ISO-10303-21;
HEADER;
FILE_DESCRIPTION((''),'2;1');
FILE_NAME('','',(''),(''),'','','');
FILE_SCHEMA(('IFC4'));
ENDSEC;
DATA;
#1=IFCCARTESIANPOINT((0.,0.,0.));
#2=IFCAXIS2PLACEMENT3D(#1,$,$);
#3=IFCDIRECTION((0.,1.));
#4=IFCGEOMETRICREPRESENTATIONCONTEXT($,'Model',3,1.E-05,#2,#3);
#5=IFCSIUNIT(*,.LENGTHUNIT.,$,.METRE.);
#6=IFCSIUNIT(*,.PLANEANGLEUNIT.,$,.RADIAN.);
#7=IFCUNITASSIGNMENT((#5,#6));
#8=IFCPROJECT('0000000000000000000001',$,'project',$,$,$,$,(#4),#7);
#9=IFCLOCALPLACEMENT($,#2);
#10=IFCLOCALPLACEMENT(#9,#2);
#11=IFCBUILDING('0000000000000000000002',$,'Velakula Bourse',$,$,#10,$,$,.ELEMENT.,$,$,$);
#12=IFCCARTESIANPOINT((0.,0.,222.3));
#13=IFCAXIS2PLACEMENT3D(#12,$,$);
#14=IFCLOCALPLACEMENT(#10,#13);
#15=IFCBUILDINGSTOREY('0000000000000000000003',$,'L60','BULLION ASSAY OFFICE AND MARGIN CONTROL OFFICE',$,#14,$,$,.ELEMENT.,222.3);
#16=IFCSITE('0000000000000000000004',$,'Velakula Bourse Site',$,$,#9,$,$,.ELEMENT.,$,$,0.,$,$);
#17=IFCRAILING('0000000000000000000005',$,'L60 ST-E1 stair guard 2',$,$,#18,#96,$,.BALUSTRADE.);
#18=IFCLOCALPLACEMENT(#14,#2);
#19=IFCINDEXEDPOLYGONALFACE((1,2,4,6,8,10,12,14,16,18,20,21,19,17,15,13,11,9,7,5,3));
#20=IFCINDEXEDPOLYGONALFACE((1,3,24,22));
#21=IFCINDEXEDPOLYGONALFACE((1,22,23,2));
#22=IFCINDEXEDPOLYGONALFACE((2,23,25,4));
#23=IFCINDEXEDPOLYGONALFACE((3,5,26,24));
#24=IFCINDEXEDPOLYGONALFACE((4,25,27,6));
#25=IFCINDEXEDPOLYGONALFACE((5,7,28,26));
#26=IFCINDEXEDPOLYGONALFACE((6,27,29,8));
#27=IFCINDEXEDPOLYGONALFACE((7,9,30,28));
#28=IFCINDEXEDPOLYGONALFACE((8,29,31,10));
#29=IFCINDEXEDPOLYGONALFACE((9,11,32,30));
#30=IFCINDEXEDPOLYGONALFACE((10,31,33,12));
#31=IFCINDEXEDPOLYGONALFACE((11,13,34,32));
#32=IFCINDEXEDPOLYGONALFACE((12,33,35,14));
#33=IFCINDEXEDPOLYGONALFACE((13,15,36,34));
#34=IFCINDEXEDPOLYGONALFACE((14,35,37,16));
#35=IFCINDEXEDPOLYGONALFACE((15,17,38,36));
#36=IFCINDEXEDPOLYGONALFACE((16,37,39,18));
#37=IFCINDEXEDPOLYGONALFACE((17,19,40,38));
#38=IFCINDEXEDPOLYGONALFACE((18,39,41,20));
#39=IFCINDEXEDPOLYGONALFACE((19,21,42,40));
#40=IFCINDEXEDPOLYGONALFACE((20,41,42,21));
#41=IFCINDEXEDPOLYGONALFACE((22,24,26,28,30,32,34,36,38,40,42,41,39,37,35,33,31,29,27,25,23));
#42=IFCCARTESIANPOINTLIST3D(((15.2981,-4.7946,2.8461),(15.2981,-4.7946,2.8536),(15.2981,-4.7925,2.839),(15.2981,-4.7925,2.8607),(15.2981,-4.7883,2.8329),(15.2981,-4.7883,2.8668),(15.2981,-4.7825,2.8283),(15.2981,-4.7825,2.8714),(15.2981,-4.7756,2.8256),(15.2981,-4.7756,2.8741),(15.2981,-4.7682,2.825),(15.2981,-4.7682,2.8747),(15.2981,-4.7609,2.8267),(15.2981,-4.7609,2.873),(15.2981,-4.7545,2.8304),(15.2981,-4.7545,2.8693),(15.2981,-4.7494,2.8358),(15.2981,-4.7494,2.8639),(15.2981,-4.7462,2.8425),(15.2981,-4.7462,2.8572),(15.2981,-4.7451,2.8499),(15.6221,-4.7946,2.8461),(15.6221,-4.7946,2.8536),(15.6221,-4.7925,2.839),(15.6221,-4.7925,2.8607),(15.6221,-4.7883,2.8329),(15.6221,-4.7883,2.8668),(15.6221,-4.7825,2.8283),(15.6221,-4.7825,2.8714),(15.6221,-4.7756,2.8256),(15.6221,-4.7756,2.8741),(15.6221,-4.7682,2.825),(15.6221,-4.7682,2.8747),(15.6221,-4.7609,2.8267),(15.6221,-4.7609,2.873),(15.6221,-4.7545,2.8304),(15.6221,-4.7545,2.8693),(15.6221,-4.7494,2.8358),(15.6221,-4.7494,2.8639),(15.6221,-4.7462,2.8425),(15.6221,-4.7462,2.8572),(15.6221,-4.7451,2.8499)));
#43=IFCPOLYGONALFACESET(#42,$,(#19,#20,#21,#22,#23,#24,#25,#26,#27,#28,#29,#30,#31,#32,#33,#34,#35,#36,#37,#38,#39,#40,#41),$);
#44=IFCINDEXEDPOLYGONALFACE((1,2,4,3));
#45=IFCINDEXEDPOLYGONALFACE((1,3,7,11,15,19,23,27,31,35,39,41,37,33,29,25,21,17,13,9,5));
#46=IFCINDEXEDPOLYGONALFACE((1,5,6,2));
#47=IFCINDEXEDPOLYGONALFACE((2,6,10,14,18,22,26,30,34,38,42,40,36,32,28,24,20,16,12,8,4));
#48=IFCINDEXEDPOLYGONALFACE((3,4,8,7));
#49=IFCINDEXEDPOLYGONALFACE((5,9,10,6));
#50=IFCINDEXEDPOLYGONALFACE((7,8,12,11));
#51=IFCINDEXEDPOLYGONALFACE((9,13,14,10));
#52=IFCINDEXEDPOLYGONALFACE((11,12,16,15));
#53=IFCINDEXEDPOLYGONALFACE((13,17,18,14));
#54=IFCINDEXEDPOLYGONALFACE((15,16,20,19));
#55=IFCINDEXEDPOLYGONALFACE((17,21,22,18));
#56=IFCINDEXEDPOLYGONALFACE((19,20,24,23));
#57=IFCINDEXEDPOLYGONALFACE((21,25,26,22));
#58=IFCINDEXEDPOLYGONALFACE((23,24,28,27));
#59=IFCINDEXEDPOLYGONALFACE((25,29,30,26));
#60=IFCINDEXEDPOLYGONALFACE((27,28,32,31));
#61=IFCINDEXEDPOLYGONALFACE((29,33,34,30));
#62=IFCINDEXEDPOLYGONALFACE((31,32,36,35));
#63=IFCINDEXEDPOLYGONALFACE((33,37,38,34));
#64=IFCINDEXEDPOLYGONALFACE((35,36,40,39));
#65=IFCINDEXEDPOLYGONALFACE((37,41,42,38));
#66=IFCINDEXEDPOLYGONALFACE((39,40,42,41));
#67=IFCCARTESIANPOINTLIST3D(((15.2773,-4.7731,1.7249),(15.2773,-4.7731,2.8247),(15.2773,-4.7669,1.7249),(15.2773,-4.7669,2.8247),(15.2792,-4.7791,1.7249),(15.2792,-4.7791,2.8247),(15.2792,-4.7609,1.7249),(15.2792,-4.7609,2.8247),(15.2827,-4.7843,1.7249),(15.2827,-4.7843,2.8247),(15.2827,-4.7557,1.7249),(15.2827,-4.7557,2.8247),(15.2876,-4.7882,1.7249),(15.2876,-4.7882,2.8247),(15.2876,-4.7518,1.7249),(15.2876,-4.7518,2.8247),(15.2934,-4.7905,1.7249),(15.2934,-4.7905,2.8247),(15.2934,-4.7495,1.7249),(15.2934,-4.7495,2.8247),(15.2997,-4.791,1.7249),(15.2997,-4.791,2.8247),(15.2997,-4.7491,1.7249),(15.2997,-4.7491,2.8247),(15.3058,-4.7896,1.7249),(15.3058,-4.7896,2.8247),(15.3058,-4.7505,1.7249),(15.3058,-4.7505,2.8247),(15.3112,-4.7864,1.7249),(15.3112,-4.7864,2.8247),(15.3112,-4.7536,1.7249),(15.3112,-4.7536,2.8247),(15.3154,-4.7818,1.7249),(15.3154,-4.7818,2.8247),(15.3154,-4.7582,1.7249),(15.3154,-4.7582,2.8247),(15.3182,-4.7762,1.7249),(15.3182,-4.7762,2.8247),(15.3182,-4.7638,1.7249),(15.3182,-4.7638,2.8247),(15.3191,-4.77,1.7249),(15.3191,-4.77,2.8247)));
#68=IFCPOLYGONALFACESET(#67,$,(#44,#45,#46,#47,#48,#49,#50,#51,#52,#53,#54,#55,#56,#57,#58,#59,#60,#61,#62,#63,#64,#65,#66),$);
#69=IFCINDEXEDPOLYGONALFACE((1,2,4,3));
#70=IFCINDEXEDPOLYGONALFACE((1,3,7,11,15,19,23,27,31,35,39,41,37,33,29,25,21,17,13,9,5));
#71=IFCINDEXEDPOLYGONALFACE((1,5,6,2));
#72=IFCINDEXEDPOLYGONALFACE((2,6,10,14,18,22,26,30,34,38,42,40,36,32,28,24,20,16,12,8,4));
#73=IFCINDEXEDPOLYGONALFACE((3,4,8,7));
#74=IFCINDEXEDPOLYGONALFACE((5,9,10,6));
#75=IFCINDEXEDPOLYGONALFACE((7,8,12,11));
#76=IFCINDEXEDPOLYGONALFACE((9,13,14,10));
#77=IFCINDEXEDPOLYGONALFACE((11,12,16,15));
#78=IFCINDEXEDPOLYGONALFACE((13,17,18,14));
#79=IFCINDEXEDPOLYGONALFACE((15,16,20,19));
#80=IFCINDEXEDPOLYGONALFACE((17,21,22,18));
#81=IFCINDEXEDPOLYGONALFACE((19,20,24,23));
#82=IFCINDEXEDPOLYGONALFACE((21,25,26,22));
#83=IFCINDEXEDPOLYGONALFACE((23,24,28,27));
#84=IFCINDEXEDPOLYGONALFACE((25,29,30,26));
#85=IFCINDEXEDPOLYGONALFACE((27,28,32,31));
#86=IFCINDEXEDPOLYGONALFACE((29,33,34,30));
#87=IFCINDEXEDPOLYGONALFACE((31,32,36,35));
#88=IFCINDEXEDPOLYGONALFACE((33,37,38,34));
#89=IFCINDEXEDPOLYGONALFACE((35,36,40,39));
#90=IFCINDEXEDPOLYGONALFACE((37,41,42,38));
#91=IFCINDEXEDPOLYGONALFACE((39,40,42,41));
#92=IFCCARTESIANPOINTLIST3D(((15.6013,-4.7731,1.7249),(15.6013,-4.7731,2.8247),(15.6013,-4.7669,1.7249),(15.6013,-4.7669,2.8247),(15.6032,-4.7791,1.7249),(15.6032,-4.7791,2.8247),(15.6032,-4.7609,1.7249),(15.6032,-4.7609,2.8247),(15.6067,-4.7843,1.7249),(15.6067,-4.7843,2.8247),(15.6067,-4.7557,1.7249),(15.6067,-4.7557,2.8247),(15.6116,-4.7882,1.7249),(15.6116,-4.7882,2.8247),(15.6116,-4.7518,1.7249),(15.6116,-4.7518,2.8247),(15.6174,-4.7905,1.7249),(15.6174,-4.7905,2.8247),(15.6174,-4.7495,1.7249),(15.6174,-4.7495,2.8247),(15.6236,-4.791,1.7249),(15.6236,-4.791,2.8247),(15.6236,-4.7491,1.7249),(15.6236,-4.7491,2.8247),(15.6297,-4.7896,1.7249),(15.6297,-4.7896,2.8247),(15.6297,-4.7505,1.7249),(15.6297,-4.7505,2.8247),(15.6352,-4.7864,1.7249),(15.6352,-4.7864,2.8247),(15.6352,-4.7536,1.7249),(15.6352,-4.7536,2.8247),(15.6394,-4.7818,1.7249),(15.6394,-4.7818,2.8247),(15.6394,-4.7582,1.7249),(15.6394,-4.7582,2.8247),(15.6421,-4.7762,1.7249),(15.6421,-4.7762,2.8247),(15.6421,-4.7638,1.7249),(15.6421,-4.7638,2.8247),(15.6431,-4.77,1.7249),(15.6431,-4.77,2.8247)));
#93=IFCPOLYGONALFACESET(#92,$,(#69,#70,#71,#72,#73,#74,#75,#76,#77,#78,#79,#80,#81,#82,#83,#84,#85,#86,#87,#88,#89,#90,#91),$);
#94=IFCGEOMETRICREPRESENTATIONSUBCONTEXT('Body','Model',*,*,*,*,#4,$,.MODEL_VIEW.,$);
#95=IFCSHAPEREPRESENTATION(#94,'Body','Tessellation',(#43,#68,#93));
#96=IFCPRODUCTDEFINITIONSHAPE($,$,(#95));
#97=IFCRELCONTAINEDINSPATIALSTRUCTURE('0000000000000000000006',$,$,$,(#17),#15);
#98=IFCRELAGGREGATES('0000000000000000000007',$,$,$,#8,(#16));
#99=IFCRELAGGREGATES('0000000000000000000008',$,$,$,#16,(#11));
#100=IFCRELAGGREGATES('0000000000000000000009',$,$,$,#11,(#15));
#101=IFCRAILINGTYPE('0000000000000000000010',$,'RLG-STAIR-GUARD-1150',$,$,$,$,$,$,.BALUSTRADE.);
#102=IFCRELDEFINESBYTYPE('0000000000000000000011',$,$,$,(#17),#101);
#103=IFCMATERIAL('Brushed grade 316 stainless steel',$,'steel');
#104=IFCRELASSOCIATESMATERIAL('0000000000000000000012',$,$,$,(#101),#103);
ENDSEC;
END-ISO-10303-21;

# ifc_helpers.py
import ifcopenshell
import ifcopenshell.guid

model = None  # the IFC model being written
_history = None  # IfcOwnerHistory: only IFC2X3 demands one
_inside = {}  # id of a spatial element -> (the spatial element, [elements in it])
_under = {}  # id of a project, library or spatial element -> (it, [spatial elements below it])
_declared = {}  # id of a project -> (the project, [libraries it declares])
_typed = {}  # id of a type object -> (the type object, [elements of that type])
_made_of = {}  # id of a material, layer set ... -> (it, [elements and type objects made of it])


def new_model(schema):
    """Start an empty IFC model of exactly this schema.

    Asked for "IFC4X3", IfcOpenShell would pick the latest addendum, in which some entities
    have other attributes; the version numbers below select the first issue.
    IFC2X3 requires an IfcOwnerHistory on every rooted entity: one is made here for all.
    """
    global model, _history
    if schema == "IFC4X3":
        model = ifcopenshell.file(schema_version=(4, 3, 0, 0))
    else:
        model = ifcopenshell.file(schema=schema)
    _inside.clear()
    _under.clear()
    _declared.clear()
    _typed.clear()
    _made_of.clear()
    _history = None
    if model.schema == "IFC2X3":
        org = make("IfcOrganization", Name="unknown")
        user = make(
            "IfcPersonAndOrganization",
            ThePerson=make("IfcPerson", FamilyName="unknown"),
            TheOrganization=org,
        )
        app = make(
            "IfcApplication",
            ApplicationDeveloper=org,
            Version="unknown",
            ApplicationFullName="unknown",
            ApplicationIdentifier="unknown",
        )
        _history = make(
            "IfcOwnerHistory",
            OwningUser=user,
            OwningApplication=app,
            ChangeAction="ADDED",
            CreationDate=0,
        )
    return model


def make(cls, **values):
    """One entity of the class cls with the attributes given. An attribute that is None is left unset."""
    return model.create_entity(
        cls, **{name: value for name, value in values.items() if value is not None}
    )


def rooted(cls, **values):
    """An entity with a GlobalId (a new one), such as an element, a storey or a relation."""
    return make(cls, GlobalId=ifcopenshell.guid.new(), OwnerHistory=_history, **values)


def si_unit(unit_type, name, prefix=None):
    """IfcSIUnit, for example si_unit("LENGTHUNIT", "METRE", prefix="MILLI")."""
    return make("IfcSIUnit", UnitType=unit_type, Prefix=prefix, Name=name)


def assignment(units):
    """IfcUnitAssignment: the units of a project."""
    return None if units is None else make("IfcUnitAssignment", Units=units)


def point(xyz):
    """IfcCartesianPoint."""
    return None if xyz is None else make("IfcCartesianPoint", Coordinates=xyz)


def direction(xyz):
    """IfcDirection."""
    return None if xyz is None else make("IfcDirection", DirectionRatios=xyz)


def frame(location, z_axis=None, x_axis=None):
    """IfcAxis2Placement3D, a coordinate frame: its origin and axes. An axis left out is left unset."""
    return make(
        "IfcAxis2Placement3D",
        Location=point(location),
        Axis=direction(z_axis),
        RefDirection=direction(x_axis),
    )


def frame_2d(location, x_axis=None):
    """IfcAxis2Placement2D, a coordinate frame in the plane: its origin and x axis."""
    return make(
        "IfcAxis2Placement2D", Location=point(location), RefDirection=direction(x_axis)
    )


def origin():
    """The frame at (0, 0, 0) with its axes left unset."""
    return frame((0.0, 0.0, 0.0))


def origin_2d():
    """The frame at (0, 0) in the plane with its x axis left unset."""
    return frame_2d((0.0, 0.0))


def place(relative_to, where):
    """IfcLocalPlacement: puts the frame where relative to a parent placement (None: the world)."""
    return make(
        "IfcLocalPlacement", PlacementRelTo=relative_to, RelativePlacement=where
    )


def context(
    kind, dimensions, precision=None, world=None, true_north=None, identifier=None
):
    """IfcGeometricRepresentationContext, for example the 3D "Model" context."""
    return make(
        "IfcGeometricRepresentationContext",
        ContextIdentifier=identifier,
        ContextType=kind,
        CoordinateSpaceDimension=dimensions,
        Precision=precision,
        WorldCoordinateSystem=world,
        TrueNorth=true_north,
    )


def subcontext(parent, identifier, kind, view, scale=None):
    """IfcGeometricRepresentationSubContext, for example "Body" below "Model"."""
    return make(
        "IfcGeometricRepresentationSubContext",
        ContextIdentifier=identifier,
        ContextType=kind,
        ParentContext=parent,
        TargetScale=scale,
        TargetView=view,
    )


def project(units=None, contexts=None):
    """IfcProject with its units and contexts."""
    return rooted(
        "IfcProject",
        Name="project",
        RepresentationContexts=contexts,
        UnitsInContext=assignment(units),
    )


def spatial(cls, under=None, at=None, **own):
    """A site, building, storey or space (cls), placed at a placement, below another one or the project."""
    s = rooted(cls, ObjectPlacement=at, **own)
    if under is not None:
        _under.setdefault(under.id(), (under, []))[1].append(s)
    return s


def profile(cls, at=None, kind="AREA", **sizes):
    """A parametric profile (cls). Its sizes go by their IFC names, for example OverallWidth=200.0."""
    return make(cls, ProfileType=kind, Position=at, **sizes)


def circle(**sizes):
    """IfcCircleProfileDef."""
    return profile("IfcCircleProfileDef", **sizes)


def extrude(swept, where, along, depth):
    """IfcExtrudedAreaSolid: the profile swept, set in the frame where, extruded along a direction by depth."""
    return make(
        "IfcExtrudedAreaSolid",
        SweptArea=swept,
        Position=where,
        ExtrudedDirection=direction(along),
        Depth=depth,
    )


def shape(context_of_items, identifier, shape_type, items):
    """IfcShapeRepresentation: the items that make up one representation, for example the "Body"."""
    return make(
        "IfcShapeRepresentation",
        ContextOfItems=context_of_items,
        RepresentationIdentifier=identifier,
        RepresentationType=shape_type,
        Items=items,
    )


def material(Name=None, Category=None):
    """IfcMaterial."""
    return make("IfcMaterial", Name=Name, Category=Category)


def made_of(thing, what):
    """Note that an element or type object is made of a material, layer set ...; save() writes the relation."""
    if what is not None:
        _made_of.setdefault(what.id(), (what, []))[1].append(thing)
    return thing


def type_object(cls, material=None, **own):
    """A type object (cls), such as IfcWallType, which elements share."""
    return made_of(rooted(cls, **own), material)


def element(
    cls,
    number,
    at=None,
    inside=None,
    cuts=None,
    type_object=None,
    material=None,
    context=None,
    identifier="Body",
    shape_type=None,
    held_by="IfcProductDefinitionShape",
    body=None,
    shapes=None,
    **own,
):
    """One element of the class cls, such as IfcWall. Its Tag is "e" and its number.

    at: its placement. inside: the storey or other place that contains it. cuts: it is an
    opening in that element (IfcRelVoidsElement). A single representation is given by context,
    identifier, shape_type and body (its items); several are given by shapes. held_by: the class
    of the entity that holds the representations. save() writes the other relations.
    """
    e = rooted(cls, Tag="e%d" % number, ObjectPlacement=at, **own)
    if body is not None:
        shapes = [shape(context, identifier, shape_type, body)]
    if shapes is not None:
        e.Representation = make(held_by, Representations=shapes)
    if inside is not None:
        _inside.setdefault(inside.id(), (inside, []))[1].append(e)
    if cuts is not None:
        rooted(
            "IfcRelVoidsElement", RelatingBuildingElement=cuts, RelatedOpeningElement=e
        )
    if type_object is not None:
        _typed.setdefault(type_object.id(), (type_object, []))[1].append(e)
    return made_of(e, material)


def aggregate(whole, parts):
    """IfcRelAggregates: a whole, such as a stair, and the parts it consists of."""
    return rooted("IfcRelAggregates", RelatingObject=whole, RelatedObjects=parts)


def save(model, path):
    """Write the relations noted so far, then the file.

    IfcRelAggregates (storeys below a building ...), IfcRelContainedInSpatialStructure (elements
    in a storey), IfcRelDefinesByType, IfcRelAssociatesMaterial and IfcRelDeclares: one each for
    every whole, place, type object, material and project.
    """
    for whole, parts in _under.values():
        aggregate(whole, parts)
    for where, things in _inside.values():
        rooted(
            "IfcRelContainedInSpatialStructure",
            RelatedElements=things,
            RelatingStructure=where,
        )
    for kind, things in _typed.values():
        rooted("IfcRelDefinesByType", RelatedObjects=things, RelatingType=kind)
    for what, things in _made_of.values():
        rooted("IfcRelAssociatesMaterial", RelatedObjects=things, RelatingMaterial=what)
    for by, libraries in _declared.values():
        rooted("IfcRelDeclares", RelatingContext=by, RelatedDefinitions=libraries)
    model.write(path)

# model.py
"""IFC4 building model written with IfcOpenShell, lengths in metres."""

from ifc_helpers import new_model, si_unit, direction, frame, origin, origin_2d, place, context, subcontext, project, spatial, circle, extrude, material, type_object, element, save


model = new_model("IFC4")

# Units and contexts
model_context = context("Model", 3, precision=1e-05, world=origin(), true_north=direction((0.0, 1.0)))
body_context = subcontext(model_context, "Body", "Model", "MODEL_VIEW")
ifc_project = project(units=[si_unit("LENGTHUNIT", "METRE"), si_unit("PLANEANGLEUNIT", "RADIAN")], contexts=[model_context])

# Site, building, storey
site_placement = place(None, origin())
site = spatial("IfcSite", under=ifc_project, at=site_placement, Name="Velakula Bourse Site", CompositionType="ELEMENT", RefElevation=0.0)
building_placement = place(site_placement, origin())
building = spatial("IfcBuilding", under=site, at=building_placement, Name="Velakula Bourse", CompositionType="ELEMENT")
storey_placement = place(building_placement, frame((0.0, 0.0, 222.3)))
storey = spatial("IfcBuildingStorey", under=building, at=storey_placement, Name="L60", Description="BULLION ASSAY OFFICE AND MARGIN CONTROL OFFICE", CompositionType="ELEMENT", Elevation=222.3)

# Shared definitions
ifc_material_1 = material(Name="Brushed grade 316 stainless steel", Category="steel")

# Railing
railing_type_1 = type_object("IfcRailingType", Name="RLG-STAIR-GUARD-1150", PredefinedType="BALUSTRADE", material=ifc_material_1)
railing_1_placement = place(storey_placement, frame((15.2981, -4.77, 1.7249)))
element("IfcRailing", 1, at=railing_1_placement, inside=storey, type_object=railing_type_1, Name="L60 ST-E1 stair guard 2", PredefinedType="BALUSTRADE", context=body_context, shape_type="SweptSolid", body=[
    extrude(circle(Radius=0.0249, at=origin_2d()), frame((0.0, 0.0, 1.125), z_axis=(1.0, 0.0, 0.0), x_axis=(0.0, 1.0, 0.0)), (0.0, 0.0, 1.0), 0.324),
    extrude(circle(Radius=0.021, at=origin_2d()), origin(), (0.0, 0.0, 1.0), 1.0999),
    extrude(circle(Radius=0.021, at=origin_2d()), frame((0.324, 0.0, 0.0)), (0.0, 0.0, 1.0), 1.0999),
])

save(model, "model.ifc")
